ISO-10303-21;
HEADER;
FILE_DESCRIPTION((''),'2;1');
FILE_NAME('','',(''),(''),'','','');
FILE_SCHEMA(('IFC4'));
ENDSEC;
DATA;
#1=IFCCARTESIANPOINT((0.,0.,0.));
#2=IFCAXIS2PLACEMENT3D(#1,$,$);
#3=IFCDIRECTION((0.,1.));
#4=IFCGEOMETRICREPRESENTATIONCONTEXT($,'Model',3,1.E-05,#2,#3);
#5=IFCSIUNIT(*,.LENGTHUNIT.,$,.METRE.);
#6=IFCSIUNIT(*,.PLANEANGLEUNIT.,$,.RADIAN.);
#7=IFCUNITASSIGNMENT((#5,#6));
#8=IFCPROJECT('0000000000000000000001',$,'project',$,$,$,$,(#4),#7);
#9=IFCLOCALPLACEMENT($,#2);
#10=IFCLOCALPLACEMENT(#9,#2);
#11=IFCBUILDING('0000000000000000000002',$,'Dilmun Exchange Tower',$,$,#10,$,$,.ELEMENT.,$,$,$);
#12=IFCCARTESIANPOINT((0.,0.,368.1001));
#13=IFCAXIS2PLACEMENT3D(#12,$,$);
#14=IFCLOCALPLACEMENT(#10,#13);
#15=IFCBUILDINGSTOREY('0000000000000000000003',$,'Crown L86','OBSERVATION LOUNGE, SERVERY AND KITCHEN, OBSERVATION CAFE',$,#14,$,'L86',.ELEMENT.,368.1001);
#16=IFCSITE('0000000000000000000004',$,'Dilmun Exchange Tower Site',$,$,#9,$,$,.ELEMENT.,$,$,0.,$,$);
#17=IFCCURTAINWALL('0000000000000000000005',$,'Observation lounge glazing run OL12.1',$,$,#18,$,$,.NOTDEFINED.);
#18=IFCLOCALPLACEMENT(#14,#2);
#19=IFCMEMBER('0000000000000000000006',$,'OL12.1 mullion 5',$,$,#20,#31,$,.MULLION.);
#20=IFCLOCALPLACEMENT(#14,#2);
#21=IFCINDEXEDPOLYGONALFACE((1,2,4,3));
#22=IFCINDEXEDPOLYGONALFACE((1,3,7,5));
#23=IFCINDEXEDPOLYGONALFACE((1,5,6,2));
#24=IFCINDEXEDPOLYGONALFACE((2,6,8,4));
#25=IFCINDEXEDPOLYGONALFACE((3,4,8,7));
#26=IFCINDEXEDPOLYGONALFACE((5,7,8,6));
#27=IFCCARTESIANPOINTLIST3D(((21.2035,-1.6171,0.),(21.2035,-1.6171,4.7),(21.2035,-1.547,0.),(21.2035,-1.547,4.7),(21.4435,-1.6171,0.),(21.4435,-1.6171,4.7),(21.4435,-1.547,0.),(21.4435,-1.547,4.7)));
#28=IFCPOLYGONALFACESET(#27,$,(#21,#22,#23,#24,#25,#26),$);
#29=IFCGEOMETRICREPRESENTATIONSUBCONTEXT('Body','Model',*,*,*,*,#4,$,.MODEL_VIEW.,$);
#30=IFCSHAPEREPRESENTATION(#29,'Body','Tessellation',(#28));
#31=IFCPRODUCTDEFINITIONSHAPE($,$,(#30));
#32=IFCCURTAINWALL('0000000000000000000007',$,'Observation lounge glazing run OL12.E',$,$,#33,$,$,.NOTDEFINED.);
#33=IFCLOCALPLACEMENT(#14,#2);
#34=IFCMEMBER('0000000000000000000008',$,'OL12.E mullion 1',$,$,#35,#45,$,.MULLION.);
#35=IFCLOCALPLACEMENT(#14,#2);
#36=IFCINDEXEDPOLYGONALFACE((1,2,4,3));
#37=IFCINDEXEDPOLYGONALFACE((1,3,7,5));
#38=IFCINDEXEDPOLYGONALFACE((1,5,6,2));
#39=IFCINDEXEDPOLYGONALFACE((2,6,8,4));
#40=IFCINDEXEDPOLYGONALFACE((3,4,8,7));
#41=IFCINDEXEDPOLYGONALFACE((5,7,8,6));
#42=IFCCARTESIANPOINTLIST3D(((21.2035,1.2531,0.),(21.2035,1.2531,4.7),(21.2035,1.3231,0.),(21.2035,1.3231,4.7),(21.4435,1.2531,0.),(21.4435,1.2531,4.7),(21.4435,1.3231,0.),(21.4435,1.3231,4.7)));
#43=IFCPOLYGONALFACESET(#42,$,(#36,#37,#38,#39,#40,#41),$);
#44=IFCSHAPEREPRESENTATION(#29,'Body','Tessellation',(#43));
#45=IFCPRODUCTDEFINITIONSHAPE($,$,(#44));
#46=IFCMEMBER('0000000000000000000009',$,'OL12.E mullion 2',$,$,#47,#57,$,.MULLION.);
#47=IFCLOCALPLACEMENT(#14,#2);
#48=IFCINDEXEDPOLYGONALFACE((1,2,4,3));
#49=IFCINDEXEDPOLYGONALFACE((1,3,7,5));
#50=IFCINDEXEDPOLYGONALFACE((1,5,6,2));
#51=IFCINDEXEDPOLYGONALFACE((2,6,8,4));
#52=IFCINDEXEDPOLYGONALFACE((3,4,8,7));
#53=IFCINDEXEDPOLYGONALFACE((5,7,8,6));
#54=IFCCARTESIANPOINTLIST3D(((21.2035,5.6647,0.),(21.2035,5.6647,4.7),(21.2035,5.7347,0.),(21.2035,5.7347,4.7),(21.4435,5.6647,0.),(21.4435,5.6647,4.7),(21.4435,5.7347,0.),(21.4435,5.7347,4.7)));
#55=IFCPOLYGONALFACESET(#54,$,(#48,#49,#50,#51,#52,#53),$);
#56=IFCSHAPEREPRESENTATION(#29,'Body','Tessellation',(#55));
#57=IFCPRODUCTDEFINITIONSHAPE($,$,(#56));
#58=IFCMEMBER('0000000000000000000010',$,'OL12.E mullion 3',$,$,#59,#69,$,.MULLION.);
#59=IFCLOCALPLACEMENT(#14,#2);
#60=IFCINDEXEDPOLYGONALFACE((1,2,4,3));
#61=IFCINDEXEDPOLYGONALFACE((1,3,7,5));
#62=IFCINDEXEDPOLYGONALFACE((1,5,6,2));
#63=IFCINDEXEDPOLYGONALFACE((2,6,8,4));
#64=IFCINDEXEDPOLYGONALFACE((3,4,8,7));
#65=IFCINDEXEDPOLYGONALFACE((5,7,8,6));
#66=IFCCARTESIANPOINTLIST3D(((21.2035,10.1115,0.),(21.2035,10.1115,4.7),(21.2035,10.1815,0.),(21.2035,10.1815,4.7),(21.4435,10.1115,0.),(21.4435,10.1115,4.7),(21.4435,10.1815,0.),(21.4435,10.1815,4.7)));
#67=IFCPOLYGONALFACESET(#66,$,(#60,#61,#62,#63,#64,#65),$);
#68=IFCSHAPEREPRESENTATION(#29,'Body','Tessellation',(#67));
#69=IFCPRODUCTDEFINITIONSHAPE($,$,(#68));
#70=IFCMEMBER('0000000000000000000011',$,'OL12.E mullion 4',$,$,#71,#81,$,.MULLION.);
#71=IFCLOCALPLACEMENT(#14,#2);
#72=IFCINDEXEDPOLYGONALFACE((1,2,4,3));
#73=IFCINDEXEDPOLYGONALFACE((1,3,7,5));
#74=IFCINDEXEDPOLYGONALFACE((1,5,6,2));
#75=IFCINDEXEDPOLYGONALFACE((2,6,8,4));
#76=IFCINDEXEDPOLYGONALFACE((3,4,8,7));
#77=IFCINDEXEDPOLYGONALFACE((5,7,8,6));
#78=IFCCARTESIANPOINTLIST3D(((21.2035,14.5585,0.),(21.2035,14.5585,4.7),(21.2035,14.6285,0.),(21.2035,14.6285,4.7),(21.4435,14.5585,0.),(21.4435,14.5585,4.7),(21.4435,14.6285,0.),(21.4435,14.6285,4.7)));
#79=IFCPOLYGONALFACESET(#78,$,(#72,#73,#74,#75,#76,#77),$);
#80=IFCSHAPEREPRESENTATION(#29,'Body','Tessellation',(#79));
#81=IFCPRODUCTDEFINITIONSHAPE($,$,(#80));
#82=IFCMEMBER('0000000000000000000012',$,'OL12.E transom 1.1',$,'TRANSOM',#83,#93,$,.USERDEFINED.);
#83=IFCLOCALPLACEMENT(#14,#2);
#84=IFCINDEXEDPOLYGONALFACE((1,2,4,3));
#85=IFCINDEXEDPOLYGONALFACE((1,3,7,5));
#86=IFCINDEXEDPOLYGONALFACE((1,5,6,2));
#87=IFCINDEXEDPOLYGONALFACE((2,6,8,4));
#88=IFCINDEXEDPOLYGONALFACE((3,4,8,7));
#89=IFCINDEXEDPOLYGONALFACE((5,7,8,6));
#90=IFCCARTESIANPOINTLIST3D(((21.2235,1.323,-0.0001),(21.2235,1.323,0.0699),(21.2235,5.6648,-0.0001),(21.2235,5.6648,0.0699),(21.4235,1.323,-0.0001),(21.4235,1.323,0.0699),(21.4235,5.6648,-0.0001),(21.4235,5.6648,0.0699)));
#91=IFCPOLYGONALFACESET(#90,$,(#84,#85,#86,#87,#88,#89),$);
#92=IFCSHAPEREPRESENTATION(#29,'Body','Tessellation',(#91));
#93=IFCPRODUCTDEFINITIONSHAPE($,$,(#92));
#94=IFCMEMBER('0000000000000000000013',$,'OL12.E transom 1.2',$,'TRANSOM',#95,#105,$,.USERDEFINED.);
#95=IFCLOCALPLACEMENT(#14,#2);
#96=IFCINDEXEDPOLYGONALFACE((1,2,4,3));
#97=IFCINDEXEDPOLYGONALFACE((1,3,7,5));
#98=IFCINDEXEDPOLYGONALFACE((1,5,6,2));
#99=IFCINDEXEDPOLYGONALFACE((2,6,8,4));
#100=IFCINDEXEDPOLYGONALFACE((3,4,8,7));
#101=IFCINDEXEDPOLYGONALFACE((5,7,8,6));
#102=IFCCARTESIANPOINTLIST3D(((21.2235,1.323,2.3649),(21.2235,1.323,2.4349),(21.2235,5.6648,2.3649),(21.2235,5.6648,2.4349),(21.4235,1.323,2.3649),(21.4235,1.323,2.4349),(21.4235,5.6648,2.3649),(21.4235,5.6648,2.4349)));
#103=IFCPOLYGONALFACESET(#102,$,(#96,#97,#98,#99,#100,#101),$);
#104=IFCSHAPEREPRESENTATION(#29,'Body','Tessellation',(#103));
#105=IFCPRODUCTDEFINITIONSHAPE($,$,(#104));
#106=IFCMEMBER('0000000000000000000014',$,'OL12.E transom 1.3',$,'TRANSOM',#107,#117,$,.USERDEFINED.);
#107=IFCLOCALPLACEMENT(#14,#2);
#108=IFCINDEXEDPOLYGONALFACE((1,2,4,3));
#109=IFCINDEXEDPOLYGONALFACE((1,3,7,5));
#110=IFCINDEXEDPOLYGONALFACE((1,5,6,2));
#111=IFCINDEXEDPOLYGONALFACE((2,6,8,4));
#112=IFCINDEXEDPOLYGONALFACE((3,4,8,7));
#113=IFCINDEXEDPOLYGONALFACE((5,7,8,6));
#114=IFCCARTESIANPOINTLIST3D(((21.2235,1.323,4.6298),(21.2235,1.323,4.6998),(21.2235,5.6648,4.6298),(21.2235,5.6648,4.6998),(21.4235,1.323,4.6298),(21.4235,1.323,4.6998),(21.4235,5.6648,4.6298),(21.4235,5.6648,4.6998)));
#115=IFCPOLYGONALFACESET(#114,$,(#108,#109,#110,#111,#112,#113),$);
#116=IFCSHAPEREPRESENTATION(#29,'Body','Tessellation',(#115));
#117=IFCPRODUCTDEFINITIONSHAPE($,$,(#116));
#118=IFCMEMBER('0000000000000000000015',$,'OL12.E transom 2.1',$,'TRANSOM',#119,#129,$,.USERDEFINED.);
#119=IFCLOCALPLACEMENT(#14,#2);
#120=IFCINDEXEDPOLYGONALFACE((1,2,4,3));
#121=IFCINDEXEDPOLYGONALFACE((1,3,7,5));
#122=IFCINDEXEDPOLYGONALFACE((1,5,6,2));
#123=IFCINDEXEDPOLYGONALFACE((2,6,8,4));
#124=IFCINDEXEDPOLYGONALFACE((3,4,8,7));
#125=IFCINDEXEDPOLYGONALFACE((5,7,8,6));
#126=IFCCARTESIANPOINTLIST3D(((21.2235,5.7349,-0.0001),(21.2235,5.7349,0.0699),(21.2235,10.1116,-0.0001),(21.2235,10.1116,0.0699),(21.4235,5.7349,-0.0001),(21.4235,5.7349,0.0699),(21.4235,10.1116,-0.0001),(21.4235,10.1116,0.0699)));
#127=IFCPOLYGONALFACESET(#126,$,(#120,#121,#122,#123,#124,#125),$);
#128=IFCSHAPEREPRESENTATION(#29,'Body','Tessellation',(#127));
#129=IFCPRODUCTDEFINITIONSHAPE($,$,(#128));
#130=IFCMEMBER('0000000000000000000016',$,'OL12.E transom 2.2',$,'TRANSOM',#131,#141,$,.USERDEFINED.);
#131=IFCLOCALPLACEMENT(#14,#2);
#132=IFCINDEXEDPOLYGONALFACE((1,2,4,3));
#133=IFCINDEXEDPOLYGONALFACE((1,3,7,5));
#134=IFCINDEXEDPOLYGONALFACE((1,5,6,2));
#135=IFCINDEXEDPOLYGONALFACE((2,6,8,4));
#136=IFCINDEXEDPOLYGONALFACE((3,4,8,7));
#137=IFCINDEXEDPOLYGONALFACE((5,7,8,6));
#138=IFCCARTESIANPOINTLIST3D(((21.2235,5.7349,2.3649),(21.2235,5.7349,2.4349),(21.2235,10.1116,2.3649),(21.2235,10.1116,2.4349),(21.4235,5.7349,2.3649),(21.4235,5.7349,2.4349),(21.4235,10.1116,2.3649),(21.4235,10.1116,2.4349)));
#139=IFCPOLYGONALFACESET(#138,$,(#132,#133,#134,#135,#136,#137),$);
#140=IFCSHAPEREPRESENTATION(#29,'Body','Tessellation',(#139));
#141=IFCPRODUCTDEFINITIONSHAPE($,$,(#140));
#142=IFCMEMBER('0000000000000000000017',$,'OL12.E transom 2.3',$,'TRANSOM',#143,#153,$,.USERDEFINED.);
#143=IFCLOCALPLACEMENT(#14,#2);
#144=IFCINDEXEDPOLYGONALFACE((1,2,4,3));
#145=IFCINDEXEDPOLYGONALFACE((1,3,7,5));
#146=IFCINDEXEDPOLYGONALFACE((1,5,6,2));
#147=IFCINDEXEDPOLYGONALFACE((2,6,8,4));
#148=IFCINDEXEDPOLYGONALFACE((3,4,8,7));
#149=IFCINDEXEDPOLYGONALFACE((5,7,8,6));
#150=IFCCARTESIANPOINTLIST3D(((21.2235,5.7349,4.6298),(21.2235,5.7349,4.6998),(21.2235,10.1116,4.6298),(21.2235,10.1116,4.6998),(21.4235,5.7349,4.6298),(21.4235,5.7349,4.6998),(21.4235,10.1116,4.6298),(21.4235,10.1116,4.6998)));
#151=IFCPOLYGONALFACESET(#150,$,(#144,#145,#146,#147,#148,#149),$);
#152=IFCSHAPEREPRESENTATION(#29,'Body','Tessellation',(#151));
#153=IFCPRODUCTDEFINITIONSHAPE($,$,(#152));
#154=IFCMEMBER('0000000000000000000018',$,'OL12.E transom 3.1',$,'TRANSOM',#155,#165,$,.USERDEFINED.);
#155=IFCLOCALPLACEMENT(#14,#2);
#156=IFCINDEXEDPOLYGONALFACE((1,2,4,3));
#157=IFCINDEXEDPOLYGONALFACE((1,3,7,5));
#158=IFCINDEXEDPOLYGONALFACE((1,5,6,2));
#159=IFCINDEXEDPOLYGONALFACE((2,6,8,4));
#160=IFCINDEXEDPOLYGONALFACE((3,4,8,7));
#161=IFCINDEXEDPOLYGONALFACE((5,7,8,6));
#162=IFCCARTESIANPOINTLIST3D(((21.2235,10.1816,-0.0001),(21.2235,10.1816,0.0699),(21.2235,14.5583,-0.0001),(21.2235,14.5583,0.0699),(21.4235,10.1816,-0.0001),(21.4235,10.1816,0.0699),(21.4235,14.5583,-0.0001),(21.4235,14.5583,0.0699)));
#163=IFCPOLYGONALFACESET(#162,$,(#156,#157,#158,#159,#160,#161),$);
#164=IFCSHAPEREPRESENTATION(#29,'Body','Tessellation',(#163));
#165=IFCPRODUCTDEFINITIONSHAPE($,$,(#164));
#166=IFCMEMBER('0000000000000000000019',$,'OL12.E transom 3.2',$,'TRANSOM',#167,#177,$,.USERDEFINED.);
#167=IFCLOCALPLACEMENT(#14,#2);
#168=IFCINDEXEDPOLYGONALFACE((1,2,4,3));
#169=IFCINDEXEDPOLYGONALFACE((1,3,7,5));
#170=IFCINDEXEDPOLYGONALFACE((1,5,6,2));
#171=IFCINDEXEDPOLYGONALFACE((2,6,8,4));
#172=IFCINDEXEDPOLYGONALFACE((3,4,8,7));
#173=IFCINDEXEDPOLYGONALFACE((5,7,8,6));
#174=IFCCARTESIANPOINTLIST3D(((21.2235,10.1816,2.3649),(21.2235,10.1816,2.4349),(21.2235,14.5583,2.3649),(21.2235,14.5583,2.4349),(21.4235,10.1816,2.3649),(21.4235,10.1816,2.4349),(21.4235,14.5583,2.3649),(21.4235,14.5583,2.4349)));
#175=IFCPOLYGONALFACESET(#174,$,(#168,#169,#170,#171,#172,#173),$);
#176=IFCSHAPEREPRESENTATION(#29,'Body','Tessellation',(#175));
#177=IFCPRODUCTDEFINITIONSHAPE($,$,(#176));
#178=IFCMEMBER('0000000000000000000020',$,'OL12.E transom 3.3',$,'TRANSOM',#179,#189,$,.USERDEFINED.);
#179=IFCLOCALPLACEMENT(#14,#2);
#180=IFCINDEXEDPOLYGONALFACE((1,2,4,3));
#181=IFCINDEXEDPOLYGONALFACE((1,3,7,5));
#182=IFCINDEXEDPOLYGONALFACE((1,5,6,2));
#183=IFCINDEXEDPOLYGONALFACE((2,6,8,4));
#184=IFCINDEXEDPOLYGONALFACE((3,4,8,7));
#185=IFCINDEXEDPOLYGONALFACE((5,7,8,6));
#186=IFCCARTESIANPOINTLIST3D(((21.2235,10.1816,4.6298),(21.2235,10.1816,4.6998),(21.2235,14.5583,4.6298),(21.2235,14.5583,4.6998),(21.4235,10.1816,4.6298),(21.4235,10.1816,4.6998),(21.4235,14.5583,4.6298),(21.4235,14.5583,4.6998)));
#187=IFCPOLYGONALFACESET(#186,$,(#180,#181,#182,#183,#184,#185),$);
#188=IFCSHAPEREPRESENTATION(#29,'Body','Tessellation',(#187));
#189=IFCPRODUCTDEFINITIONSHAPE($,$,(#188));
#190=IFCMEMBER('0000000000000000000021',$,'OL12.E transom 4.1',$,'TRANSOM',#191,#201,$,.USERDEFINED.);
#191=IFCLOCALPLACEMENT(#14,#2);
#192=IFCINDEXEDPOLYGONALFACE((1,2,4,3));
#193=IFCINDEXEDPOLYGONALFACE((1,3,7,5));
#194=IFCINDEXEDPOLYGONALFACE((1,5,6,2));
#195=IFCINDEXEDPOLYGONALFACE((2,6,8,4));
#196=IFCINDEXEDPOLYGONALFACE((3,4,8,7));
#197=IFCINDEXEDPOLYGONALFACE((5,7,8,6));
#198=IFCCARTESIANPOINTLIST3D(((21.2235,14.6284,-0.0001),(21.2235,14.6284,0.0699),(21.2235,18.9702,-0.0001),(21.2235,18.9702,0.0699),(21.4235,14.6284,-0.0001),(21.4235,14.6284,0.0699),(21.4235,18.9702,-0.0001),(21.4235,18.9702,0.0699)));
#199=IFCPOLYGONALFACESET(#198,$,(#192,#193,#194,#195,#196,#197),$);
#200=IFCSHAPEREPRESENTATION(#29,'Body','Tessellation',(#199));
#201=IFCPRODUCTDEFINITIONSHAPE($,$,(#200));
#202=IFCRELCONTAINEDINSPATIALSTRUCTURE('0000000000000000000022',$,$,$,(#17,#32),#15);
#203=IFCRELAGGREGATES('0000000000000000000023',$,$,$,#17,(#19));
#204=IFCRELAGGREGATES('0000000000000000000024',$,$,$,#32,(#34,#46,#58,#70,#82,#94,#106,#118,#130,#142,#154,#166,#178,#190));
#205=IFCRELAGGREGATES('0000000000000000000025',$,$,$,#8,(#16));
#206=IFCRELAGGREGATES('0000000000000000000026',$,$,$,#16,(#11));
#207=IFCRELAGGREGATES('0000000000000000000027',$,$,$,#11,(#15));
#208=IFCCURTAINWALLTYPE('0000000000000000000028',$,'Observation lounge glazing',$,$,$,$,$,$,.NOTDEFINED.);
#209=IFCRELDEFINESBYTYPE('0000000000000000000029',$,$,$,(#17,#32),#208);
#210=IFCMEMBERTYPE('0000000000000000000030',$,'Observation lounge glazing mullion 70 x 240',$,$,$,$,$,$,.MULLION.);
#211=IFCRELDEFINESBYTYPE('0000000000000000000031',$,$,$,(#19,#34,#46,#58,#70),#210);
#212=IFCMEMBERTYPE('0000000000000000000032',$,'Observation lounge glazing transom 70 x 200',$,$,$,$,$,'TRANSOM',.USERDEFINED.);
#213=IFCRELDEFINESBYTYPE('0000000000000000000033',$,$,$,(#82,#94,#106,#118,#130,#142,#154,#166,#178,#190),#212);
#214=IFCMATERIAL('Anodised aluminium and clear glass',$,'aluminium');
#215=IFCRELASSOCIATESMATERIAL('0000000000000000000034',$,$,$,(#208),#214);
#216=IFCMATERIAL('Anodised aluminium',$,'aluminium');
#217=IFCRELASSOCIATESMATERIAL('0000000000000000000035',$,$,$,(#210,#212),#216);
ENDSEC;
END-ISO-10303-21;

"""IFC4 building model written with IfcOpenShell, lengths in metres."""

from ifc_helpers import new_model, si_unit, direction, frame, origin, origin_2d, place, context, subcontext, project, spatial, rectangle, extrude, material, material_profile, profile_set, type_object, element, aggregate, save


model = new_model("IFC4")

# Units and contexts
model_context = context("Model", 3, precision=1e-05, world=origin(), true_north=direction((0.0, 1.0)))
body_context = subcontext(model_context, "Body", "Model", "MODEL_VIEW")
ifc_project = project(units=[si_unit("LENGTHUNIT", "METRE"), si_unit("PLANEANGLEUNIT", "RADIAN")], contexts=[model_context])

# Site, building, storey
site_placement = place(None, origin())
site = spatial("IfcSite", under=ifc_project, at=site_placement, Name="Dilmun Exchange Tower Site", CompositionType="ELEMENT", RefElevation=0.0)
building_placement = place(site_placement, origin())
building = spatial("IfcBuilding", under=site, at=building_placement, Name="Dilmun Exchange Tower", CompositionType="ELEMENT")
storey_placement = place(building_placement, frame((0.0, 0.0, 368.1001)))
storey = spatial("IfcBuildingStorey", under=building, at=storey_placement, Name="Crown L86", Description="OBSERVATION LOUNGE, SERVERY AND KITCHEN, OBSERVATION CAFE", LongName="L86", CompositionType="ELEMENT", Elevation=368.1001)

# Curtain wall, member
ifc_material_1 = material(Name="Anodised aluminium and clear glass", Category="aluminium")
curtain_wall_type = type_object("IfcCurtainWallType", Name="Observation lounge glazing", PredefinedType="NOTDEFINED", material=ifc_material_1)
curtain_wall_1_placement = place(storey_placement, origin())
curtain_wall_1 = element("IfcCurtainWall", 1, at=curtain_wall_1_placement, inside=storey, type_object=curtain_wall_type, Name="Observation lounge glazing run OL12.1", PredefinedType="NOTDEFINED")
ifc_material_2 = material(Name="Anodised aluminium", Category="aluminium")
ifc_material_profile_1 = material_profile(ifc_material_2, rectangle(XDim=0.24, YDim=0.0701, at=origin_2d()), Name="AL 70x240")
ifc_profile_set_1 = profile_set([ifc_material_profile_1], Name="Anodised aluminium")
member_type_1 = type_object("IfcMemberType", Name="Observation lounge glazing mullion 70 x 240", PredefinedType="MULLION", material=ifc_profile_set_1)
member_1_placement = place(storey_placement, frame((21.3235, -1.582, 0.0), z_axis=(0.0, 0.0, 1.0), x_axis=(-1.0, 0.0, 0.0)))
member_1 = element("IfcMember", 2, at=member_1_placement, type_object=member_type_1, Name="OL12.1 mullion 5", PredefinedType="MULLION", context=body_context, shape_type="SweptSolid", body=[
    extrude(rectangle(XDim=0.24, YDim=0.0701, at=origin_2d()), origin(), (0.0, 0.0, 1.0), 4.7),
])

# Curtain wall, members
curtain_wall_2_placement = place(storey_placement, origin())
curtain_wall_2 = element("IfcCurtainWall", 3, at=curtain_wall_2_placement, inside=storey, type_object=curtain_wall_type, Name="Observation lounge glazing run OL12.E", PredefinedType="NOTDEFINED")
member_2_placement = place(storey_placement, frame((21.3235, 1.2881, 0.0), z_axis=(0.0, 0.0, 1.0), x_axis=(-1.0, 0.0, 0.0)))
member_2 = element("IfcMember", 4, at=member_2_placement, type_object=member_type_1, Name="OL12.E mullion 1", PredefinedType="MULLION", context=body_context, shape_type="SweptSolid", body=[
    extrude(rectangle(XDim=0.24, YDim=0.0701, at=origin_2d()), origin(), (0.0, 0.0, 1.0), 4.7),
])
member_3_placement = place(storey_placement, frame((21.3235, 5.6997, 0.0), z_axis=(0.0, 0.0, 1.0), x_axis=(-1.0, 0.0, 0.0)))
member_3 = element("IfcMember", 5, at=member_3_placement, type_object=member_type_1, Name="OL12.E mullion 2", PredefinedType="MULLION", context=body_context, shape_type="SweptSolid", body=[
    extrude(rectangle(XDim=0.24, YDim=0.0701, at=origin_2d()), origin(), (0.0, 0.0, 1.0), 4.7),
])
member_4_placement = place(storey_placement, frame((21.3235, 10.1465, 0.0), z_axis=(0.0, 0.0, 1.0), x_axis=(-1.0, 0.0, 0.0)))
member_4 = element("IfcMember", 6, at=member_4_placement, type_object=member_type_1, Name="OL12.E mullion 3", PredefinedType="MULLION", context=body_context, shape_type="SweptSolid", body=[
    extrude(rectangle(XDim=0.24, YDim=0.0701, at=origin_2d()), origin(), (0.0, 0.0, 1.0), 4.7),
])
member_5_placement = place(storey_placement, frame((21.3235, 14.5935, 0.0), z_axis=(0.0, 0.0, 1.0), x_axis=(-1.0, 0.0, 0.0)))
member_5 = element("IfcMember", 7, at=member_5_placement, type_object=member_type_1, Name="OL12.E mullion 4", PredefinedType="MULLION", context=body_context, shape_type="SweptSolid", body=[
    extrude(rectangle(XDim=0.24, YDim=0.0701, at=origin_2d()), origin(), (0.0, 0.0, 1.0), 4.7),
])
ifc_material_profile_2 = material_profile(ifc_material_2, rectangle(XDim=0.2, YDim=0.0701, at=origin_2d()), Name="AL 70x200")
ifc_profile_set_2 = profile_set([ifc_material_profile_2], Name="Anodised aluminium")
member_type_2 = type_object("IfcMemberType", Name="Observation lounge glazing transom 70 x 200", ElementType="TRANSOM", PredefinedType="USERDEFINED", material=ifc_profile_set_2)
member_6_placement = place(storey_placement, frame((21.3235, 1.323, 0.0349), z_axis=(0.0, 1.0, 0.0), x_axis=(-1.0, 0.0, 0.0)))
member_6 = element("IfcMember", 8, at=member_6_placement, type_object=member_type_2, Name="OL12.E transom 1.1", ObjectType="TRANSOM", PredefinedType="USERDEFINED", context=body_context, shape_type="SweptSolid", body=[
    extrude(rectangle(XDim=0.2, YDim=0.0701, at=origin_2d()), origin(), (0.0, 0.0, 1.0), 4.3418),
])
member_7_placement = place(storey_placement, frame((21.3235, 1.323, 2.3999), z_axis=(0.0, 1.0, 0.0), x_axis=(-1.0, 0.0, 0.0)))
member_7 = element("IfcMember", 9, at=member_7_placement, type_object=member_type_2, Name="OL12.E transom 1.2", ObjectType="TRANSOM", PredefinedType="USERDEFINED", context=body_context, shape_type="SweptSolid", body=[
    extrude(rectangle(XDim=0.2, YDim=0.0701, at=origin_2d()), origin(), (0.0, 0.0, 1.0), 4.3418),
])
member_8_placement = place(storey_placement, frame((21.3235, 1.323, 4.6648), z_axis=(0.0, 1.0, 0.0), x_axis=(-1.0, 0.0, 0.0)))
member_8 = element("IfcMember", 10, at=member_8_placement, type_object=member_type_2, Name="OL12.E transom 1.3", ObjectType="TRANSOM", PredefinedType="USERDEFINED", context=body_context, shape_type="SweptSolid", body=[
    extrude(rectangle(XDim=0.2, YDim=0.0701, at=origin_2d()), origin(), (0.0, 0.0, 1.0), 4.3418),
])
member_9_placement = place(storey_placement, frame((21.3235, 5.7349, 0.0349), z_axis=(0.0, 1.0, 0.0), x_axis=(-1.0, 0.0, 0.0)))
member_9 = element("IfcMember", 11, at=member_9_placement, type_object=member_type_2, Name="OL12.E transom 2.1", ObjectType="TRANSOM", PredefinedType="USERDEFINED", context=body_context, shape_type="SweptSolid", body=[
    extrude(rectangle(XDim=0.2, YDim=0.0701, at=origin_2d()), origin(), (0.0, 0.0, 1.0), 4.3767),
])
member_10_placement = place(storey_placement, frame((21.3235, 5.7349, 2.3999), z_axis=(0.0, 1.0, 0.0), x_axis=(-1.0, 0.0, 0.0)))
member_10 = element("IfcMember", 12, at=member_10_placement, type_object=member_type_2, Name="OL12.E transom 2.2", ObjectType="TRANSOM", PredefinedType="USERDEFINED", context=body_context, shape_type="SweptSolid", body=[
    extrude(rectangle(XDim=0.2, YDim=0.0701, at=origin_2d()), origin(), (0.0, 0.0, 1.0), 4.3767),
])
member_11_placement = place(storey_placement, frame((21.3235, 5.7349, 4.6648), z_axis=(0.0, 1.0, 0.0), x_axis=(-1.0, 0.0, 0.0)))
member_11 = element("IfcMember", 13, at=member_11_placement, type_object=member_type_2, Name="OL12.E transom 2.3", ObjectType="TRANSOM", PredefinedType="USERDEFINED", context=body_context, shape_type="SweptSolid", body=[
    extrude(rectangle(XDim=0.2, YDim=0.0701, at=origin_2d()), origin(), (0.0, 0.0, 1.0), 4.3767),
])
member_12_placement = place(storey_placement, frame((21.3235, 10.1816, 0.0349), z_axis=(0.0, 1.0, 0.0), x_axis=(-1.0, 0.0, 0.0)))
member_12 = element("IfcMember", 14, at=member_12_placement, type_object=member_type_2, Name="OL12.E transom 3.1", ObjectType="TRANSOM", PredefinedType="USERDEFINED", context=body_context, shape_type="SweptSolid", body=[
    extrude(rectangle(XDim=0.2, YDim=0.0701, at=origin_2d()), origin(), (0.0, 0.0, 1.0), 4.3767),
])
member_13_placement = place(storey_placement, frame((21.3235, 10.1816, 2.3999), z_axis=(0.0, 1.0, 0.0), x_axis=(-1.0, 0.0, 0.0)))
member_13 = element("IfcMember", 15, at=member_13_placement, type_object=member_type_2, Name="OL12.E transom 3.2", ObjectType="TRANSOM", PredefinedType="USERDEFINED", context=body_context, shape_type="SweptSolid", body=[
    extrude(rectangle(XDim=0.2, YDim=0.0701, at=origin_2d()), origin(), (0.0, 0.0, 1.0), 4.3767),
])
member_14_placement = place(storey_placement, frame((21.3235, 10.1816, 4.6648), z_axis=(0.0, 1.0, 0.0), x_axis=(-1.0, 0.0, 0.0)))
member_14 = element("IfcMember", 16, at=member_14_placement, type_object=member_type_2, Name="OL12.E transom 3.3", ObjectType="TRANSOM", PredefinedType="USERDEFINED", context=body_context, shape_type="SweptSolid", body=[
    extrude(rectangle(XDim=0.2, YDim=0.0701, at=origin_2d()), origin(), (0.0, 0.0, 1.0), 4.3767),
])
member_15_placement = place(storey_placement, frame((21.3235, 14.6284, 0.0349), z_axis=(0.0, 1.0, 0.0), x_axis=(-1.0, 0.0, 0.0)))
member_15 = element("IfcMember", 17, at=member_15_placement, type_object=member_type_2, Name="OL12.E transom 4.1", ObjectType="TRANSOM", PredefinedType="USERDEFINED", context=body_context, shape_type="SweptSolid", body=[
    extrude(rectangle(XDim=0.2, YDim=0.0701, at=origin_2d()), origin(), (0.0, 0.0, 1.0), 4.3418),
])

aggregate(curtain_wall_1, [member_1])
aggregate(curtain_wall_2, [member_2, member_3, member_4, member_5, member_6, member_7, member_8, member_9, member_10, member_11, member_12, member_13, member_14, member_15])

save(model, "model.ifc")
